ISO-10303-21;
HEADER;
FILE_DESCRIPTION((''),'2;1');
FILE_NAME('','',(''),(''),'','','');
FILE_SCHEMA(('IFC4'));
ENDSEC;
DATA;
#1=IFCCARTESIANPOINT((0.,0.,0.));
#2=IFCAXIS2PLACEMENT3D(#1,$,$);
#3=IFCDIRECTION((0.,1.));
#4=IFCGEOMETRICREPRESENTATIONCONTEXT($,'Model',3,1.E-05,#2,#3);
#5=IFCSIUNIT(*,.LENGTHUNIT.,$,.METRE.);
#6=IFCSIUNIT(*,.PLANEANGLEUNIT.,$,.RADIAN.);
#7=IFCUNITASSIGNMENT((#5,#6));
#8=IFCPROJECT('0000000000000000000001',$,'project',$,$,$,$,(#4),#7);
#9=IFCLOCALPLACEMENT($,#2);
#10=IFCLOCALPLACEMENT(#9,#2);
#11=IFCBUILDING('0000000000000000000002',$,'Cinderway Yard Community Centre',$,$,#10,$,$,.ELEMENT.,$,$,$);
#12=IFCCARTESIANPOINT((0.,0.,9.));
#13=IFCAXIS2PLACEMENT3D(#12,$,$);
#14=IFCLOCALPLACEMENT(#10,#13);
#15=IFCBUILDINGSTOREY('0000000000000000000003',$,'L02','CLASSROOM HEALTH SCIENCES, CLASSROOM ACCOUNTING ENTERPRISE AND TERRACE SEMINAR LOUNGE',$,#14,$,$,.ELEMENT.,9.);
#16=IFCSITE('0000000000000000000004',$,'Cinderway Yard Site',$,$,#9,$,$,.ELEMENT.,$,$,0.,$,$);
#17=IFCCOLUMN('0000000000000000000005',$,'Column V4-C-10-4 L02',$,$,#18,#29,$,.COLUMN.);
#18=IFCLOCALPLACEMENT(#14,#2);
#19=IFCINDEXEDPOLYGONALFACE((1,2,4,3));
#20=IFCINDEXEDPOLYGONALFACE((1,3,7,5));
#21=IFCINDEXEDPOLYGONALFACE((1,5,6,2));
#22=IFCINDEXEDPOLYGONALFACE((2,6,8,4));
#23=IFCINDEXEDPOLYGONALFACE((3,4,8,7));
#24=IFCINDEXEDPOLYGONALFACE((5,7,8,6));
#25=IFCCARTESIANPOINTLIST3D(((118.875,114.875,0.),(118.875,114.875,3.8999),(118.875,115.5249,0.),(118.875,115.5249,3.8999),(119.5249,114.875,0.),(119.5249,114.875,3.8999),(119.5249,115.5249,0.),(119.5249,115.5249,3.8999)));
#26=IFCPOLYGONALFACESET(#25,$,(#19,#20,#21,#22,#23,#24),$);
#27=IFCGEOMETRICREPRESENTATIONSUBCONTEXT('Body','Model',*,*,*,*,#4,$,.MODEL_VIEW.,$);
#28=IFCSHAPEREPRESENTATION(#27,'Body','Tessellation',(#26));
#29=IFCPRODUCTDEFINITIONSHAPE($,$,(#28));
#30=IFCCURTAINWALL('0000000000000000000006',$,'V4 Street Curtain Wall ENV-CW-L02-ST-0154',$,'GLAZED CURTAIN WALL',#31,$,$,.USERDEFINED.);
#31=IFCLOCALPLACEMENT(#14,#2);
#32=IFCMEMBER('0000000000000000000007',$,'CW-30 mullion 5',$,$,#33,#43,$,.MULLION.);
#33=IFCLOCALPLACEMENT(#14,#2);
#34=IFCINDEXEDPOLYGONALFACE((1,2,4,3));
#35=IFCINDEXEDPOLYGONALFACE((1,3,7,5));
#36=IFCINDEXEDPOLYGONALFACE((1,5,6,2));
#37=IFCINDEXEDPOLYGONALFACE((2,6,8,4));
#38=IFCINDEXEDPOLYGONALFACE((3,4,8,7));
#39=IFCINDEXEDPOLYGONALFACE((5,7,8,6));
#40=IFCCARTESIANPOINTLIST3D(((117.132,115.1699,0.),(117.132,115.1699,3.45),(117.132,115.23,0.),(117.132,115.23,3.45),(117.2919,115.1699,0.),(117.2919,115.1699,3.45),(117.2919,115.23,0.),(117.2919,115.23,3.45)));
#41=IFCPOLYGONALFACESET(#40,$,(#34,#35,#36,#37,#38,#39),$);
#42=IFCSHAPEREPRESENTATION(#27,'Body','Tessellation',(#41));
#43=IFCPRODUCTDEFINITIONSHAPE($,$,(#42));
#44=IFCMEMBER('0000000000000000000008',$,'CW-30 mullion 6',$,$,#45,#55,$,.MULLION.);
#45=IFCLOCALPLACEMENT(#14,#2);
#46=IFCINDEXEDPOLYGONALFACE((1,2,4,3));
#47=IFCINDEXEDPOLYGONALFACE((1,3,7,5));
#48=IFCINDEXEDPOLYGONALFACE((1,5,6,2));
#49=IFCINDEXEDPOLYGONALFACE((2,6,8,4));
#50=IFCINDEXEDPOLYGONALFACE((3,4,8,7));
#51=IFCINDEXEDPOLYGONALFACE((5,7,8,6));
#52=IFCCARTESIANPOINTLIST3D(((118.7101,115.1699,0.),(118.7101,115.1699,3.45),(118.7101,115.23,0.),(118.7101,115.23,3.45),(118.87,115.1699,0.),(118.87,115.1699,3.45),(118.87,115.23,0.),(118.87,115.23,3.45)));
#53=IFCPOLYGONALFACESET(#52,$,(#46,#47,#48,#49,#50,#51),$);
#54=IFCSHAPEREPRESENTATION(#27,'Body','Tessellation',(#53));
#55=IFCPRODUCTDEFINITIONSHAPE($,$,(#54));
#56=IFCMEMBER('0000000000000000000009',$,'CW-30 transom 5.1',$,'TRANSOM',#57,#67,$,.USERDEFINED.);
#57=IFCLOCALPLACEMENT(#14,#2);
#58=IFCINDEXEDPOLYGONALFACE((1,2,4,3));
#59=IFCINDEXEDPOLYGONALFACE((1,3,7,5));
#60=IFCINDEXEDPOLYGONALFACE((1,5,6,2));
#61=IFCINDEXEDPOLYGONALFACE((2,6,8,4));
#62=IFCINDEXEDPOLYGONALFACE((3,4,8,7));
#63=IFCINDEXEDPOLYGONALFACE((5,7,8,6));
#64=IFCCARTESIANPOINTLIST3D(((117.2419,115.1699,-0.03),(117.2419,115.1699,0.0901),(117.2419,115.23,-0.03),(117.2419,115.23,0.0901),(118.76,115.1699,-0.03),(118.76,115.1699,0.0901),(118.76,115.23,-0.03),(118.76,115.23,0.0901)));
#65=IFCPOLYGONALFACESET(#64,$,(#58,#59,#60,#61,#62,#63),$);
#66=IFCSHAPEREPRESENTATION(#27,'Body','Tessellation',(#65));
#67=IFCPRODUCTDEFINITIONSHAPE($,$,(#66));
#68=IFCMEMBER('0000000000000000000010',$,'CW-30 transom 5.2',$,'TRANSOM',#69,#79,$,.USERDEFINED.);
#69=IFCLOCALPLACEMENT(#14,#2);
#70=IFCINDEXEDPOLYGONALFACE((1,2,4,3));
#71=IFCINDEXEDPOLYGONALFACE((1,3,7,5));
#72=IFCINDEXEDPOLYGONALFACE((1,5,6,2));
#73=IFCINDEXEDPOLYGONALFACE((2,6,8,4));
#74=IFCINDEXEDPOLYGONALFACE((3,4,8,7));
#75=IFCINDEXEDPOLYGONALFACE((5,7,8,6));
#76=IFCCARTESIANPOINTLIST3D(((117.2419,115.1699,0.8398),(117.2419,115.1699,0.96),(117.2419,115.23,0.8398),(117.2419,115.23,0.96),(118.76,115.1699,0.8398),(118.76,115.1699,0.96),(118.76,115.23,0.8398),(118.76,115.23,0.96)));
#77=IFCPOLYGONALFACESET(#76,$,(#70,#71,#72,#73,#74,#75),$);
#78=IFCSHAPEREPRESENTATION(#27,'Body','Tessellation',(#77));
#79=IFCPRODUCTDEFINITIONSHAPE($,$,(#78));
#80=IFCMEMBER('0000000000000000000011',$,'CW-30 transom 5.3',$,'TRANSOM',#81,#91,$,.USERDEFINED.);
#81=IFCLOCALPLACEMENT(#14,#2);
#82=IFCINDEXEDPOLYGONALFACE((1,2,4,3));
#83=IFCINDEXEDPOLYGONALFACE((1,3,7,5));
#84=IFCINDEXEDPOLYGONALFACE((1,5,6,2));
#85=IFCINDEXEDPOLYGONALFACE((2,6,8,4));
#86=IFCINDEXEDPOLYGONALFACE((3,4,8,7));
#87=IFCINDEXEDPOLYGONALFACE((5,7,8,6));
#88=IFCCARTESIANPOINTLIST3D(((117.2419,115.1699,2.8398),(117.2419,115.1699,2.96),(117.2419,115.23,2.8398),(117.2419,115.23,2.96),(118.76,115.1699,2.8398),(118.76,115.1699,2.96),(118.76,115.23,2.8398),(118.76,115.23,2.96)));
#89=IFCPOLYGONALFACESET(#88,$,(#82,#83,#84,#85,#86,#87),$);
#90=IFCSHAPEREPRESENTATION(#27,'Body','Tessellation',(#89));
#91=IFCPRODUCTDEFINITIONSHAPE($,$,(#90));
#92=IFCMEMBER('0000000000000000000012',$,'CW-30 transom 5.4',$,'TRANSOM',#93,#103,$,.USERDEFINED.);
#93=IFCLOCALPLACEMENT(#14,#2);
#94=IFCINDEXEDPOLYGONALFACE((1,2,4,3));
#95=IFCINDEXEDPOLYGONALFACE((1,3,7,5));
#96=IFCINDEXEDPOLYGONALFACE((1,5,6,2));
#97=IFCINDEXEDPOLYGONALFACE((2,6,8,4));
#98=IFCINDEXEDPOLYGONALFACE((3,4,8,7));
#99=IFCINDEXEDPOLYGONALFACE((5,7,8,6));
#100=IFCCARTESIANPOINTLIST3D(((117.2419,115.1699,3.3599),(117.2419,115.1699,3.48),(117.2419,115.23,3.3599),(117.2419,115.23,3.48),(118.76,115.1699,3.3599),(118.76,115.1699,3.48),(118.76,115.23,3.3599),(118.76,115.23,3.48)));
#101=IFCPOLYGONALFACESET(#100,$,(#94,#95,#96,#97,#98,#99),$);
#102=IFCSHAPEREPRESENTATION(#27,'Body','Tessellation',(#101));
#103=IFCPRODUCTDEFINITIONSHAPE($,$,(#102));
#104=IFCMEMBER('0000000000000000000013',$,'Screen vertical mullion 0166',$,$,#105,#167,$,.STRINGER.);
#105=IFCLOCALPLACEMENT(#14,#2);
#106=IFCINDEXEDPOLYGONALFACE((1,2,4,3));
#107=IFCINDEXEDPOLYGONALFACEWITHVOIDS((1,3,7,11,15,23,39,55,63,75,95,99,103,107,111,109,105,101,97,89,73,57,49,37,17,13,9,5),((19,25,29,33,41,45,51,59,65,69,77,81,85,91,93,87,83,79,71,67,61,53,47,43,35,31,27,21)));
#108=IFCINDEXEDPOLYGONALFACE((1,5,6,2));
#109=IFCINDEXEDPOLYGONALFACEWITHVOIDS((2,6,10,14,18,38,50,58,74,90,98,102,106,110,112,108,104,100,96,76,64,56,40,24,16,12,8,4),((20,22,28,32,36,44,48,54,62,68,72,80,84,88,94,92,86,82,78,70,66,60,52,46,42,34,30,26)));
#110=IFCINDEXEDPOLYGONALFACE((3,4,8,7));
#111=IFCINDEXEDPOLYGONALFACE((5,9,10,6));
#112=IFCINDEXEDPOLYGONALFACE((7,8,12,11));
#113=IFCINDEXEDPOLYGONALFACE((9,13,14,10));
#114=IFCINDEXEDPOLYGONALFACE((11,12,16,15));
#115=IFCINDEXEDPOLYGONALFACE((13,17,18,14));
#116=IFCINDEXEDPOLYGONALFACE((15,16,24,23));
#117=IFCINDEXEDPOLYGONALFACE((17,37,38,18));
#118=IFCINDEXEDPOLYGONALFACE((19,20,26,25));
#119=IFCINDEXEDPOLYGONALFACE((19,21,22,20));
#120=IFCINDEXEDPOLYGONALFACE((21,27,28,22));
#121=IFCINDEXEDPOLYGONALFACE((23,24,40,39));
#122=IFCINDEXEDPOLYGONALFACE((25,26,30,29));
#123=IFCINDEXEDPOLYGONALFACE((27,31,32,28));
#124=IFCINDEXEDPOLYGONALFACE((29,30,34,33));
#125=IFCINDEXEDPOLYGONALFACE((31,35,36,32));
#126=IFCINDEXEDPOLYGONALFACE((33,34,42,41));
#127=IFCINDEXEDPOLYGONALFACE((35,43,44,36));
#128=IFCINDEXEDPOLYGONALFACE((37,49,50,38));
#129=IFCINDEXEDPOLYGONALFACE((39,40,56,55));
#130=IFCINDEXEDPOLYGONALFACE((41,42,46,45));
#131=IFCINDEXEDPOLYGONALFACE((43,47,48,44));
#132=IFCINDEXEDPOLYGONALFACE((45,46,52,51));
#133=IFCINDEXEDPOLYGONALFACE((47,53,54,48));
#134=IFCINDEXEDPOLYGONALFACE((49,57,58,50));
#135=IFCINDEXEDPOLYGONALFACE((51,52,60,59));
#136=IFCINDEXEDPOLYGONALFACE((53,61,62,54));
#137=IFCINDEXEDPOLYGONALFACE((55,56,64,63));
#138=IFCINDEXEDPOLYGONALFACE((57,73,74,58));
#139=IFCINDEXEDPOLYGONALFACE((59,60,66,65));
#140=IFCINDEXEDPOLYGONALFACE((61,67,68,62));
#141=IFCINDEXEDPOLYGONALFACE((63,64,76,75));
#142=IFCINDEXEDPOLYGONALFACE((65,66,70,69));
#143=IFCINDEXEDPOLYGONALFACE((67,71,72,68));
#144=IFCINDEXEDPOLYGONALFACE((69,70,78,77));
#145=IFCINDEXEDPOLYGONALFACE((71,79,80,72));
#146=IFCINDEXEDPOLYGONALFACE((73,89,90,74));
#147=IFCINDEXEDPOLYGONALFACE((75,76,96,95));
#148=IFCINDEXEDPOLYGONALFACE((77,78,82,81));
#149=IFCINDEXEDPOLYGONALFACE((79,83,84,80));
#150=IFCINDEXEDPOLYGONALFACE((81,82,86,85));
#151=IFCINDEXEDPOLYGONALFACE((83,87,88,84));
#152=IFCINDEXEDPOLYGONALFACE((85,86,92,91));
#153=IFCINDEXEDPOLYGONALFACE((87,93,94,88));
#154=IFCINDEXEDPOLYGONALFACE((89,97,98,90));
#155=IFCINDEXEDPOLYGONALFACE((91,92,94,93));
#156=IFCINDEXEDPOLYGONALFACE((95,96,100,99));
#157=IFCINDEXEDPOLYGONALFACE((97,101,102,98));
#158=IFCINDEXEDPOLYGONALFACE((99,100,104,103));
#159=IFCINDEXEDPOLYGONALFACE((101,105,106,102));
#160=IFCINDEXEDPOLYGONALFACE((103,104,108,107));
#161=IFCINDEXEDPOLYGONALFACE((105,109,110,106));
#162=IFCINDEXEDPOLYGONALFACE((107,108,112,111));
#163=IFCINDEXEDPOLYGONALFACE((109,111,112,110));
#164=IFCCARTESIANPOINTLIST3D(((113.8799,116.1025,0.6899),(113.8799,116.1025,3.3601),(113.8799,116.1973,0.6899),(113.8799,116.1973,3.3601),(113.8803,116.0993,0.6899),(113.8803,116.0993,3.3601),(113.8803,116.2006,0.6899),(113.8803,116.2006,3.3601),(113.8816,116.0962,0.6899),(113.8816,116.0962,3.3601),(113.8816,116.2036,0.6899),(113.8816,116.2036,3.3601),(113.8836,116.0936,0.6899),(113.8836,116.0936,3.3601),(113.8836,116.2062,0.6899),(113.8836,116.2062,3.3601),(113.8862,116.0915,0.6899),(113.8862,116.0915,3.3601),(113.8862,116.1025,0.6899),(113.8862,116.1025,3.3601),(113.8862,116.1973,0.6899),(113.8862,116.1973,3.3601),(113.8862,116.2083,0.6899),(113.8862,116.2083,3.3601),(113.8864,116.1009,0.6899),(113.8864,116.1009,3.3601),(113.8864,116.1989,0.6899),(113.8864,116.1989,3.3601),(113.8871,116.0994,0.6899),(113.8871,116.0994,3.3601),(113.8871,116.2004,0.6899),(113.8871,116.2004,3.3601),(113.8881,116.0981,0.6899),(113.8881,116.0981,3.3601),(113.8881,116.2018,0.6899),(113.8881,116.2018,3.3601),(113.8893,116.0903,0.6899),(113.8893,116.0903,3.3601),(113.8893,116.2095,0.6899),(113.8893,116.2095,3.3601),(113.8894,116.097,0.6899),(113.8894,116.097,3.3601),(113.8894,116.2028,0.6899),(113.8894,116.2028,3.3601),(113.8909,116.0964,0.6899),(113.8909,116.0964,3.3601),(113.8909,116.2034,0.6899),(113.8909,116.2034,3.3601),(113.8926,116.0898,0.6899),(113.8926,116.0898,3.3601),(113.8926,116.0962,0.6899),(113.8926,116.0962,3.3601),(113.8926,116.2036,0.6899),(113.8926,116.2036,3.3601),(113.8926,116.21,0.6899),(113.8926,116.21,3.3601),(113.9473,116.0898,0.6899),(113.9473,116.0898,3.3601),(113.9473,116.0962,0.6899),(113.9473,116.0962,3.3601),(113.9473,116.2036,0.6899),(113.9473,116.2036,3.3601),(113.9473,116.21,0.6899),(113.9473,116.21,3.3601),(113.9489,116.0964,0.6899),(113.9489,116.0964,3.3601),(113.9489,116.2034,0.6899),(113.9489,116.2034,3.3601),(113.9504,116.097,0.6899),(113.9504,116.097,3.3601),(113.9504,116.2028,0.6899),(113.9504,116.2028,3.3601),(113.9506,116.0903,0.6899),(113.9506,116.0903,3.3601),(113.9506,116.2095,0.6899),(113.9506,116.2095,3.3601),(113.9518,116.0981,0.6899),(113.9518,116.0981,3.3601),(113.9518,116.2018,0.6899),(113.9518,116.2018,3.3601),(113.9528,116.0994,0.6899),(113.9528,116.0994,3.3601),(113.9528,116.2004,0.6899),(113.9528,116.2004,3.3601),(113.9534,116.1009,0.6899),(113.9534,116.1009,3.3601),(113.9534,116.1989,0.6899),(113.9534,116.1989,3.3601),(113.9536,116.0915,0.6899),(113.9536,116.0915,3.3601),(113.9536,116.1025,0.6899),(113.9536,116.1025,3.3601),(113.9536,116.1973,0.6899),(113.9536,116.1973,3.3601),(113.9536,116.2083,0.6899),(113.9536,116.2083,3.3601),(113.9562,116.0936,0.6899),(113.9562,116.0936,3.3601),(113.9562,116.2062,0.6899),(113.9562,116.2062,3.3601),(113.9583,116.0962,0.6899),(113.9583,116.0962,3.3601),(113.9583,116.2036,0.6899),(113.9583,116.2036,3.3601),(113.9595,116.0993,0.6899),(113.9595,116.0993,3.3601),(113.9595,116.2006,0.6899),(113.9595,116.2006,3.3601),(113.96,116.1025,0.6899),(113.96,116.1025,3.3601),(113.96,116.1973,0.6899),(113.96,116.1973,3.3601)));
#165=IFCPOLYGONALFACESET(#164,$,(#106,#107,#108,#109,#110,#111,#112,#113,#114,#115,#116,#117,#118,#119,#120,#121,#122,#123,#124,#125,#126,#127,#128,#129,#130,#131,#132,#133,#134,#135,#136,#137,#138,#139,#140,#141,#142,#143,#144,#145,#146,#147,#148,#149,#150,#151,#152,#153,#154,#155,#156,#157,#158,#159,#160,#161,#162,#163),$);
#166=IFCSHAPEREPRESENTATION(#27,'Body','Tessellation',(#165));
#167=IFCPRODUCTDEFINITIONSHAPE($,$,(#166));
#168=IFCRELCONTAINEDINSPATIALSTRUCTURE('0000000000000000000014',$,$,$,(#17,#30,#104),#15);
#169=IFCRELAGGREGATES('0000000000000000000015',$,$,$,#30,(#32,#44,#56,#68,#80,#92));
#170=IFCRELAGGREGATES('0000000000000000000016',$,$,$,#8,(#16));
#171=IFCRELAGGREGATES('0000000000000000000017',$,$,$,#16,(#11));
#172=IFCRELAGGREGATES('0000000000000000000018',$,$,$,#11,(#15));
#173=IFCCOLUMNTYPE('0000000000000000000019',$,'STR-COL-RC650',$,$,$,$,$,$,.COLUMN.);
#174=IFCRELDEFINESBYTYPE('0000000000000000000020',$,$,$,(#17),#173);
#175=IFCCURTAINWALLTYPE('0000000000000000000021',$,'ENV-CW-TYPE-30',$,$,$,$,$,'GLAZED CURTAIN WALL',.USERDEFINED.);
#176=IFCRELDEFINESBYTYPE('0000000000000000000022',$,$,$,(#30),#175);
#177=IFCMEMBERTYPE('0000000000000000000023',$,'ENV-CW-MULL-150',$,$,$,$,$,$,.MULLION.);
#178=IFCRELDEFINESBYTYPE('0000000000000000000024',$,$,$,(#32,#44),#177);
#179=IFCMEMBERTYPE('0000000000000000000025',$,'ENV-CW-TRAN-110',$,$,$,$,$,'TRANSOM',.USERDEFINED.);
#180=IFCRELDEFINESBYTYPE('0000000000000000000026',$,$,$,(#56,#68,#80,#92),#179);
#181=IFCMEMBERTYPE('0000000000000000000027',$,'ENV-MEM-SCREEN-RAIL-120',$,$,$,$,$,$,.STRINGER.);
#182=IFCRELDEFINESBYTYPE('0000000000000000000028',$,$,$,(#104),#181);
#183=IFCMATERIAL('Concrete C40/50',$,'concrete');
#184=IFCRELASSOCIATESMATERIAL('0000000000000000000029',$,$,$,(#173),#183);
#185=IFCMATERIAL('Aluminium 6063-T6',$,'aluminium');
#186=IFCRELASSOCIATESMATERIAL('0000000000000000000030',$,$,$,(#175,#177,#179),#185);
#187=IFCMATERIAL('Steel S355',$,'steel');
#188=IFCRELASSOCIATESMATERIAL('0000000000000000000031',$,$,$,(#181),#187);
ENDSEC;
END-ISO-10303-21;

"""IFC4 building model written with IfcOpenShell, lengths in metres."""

from ifc_helpers import new_model, si_unit, direction, frame, origin, origin_2d, place, context, subcontext, project, spatial, rectangle, hollow_rectangle, extrude, material, material_profile, profile_set, type_object, element, aggregate, save


model = new_model("IFC4")

# Units and contexts
model_context = context("Model", 3, precision=1e-05, world=origin(), true_north=direction((0.0, 1.0)))
body_context = subcontext(model_context, "Body", "Model", "MODEL_VIEW")
ifc_project = project(units=[si_unit("LENGTHUNIT", "METRE"), si_unit("PLANEANGLEUNIT", "RADIAN")], contexts=[model_context])

# Site, building, storey
site_placement = place(None, origin())
site = spatial("IfcSite", under=ifc_project, at=site_placement, Name="Cinderway Yard Site", CompositionType="ELEMENT", RefElevation=0.0)
building_placement = place(site_placement, origin())
building = spatial("IfcBuilding", under=site, at=building_placement, Name="Cinderway Yard Community Centre", CompositionType="ELEMENT")
storey_placement = place(building_placement, frame((0.0, 0.0, 9.0)))
storey = spatial("IfcBuildingStorey", under=building, at=storey_placement, Name="L02", Description="CLASSROOM HEALTH SCIENCES, CLASSROOM ACCOUNTING ENTERPRISE AND TERRACE SEMINAR LOUNGE", CompositionType="ELEMENT", Elevation=9.0)

# Column
ifc_material_1 = material(Name="Concrete C40/50", Category="concrete")
ifc_material_profile_1 = material_profile(ifc_material_1, rectangle(XDim=0.6499, YDim=0.6499, at=origin_2d()), Name="Concrete C40/50")
ifc_profile_set_1 = profile_set([ifc_material_profile_1], Name="Concrete C40/50")
column_type = type_object("IfcColumnType", Name="STR-COL-RC650", PredefinedType="COLUMN", material=ifc_profile_set_1)
column_placement = place(storey_placement, frame((119.2, 115.2, 0.0), z_axis=(0.0, 0.0, 1.0), x_axis=(1.0, 0.0, 0.0)))
element("IfcColumn", 1, at=column_placement, inside=storey, type_object=column_type, Name="Column V4-C-10-4 L02", PredefinedType="COLUMN", context=body_context, shape_type="SweptSolid", body=[
    extrude(rectangle(XDim=0.6499, YDim=0.6499, at=origin_2d()), origin(), (0.0, 0.0, 1.0), 3.8999),
])

# Curtain wall, members
ifc_material_2 = material(Name="Aluminium 6063-T6", Category="aluminium")
curtain_wall_type = type_object("IfcCurtainWallType", Name="ENV-CW-TYPE-30", ElementType="GLAZED CURTAIN WALL", PredefinedType="USERDEFINED", material=ifc_material_2)
curtain_wall_placement = place(storey_placement, origin())
curtain_wall = element("IfcCurtainWall", 2, at=curtain_wall_placement, inside=storey, type_object=curtain_wall_type, Name="V4 Street Curtain Wall ENV-CW-L02-ST-0154", ObjectType="GLAZED CURTAIN WALL", PredefinedType="USERDEFINED")
ifc_material_profile_2 = material_profile(ifc_material_2, rectangle(XDim=0.0601, YDim=0.1599, at=origin_2d()), Name="Aluminium 6063-T6")
ifc_profile_set_2 = profile_set([ifc_material_profile_2], Name="Aluminium 6063-T6")
member_type_1 = type_object("IfcMemberType", Name="ENV-CW-MULL-150", PredefinedType="MULLION", material=ifc_profile_set_2)
member_1_placement = place(storey_placement, frame((117.2119, 115.2, 0.0), z_axis=(0.0, 0.0, 1.0), x_axis=(0.0, 1.0, 0.0)))
member_1 = element("IfcMember", 3, at=member_1_placement, type_object=member_type_1, Name="CW-30 mullion 5", PredefinedType="MULLION", context=body_context, shape_type="SweptSolid", body=[
    extrude(rectangle(XDim=0.0601, YDim=0.1599, at=origin_2d()), origin(), (0.0, 0.0, 1.0), 3.45),
])
member_2_placement = place(storey_placement, frame((118.79, 115.2, 0.0), z_axis=(0.0, 0.0, 1.0), x_axis=(0.0, 1.0, 0.0)))
member_2 = element("IfcMember", 4, at=member_2_placement, type_object=member_type_1, Name="CW-30 mullion 6", PredefinedType="MULLION", context=body_context, shape_type="SweptSolid", body=[
    extrude(rectangle(XDim=0.0601, YDim=0.1599, at=origin_2d()), origin(), (0.0, 0.0, 1.0), 3.45),
])
ifc_material_profile_3 = material_profile(ifc_material_2, rectangle(XDim=0.0601, YDim=0.1201, at=origin_2d()), Name="Aluminium 6063-T6")
ifc_profile_set_3 = profile_set([ifc_material_profile_3], Name="Aluminium 6063-T6")
member_type_2 = type_object("IfcMemberType", Name="ENV-CW-TRAN-110", ElementType="TRANSOM", PredefinedType="USERDEFINED", material=ifc_profile_set_3)
member_3_placement = place(storey_placement, frame((117.2419, 115.2, 0.03), z_axis=(1.0, 0.0, 0.0), x_axis=(0.0, 1.0, 0.0)))
member_3 = element("IfcMember", 5, at=member_3_placement, type_object=member_type_2, Name="CW-30 transom 5.1", ObjectType="TRANSOM", PredefinedType="USERDEFINED", context=body_context, shape_type="SweptSolid", body=[
    extrude(rectangle(XDim=0.0601, YDim=0.1201, at=origin_2d()), origin(), (0.0, 0.0, 1.0), 1.5181),
])
member_4_placement = place(storey_placement, frame((117.2419, 115.2, 0.8999), z_axis=(1.0, 0.0, 0.0), x_axis=(0.0, 1.0, 0.0)))
member_4 = element("IfcMember", 6, at=member_4_placement, type_object=member_type_2, Name="CW-30 transom 5.2", ObjectType="TRANSOM", PredefinedType="USERDEFINED", context=body_context, shape_type="SweptSolid", body=[
    extrude(rectangle(XDim=0.0601, YDim=0.1201, at=origin_2d()), origin(), (0.0, 0.0, 1.0), 1.5181),
])
member_5_placement = place(storey_placement, frame((117.2419, 115.2, 2.8999), z_axis=(1.0, 0.0, 0.0), x_axis=(0.0, 1.0, 0.0)))
member_5 = element("IfcMember", 7, at=member_5_placement, type_object=member_type_2, Name="CW-30 transom 5.3", ObjectType="TRANSOM", PredefinedType="USERDEFINED", context=body_context, shape_type="SweptSolid", body=[
    extrude(rectangle(XDim=0.0601, YDim=0.1201, at=origin_2d()), origin(), (0.0, 0.0, 1.0), 1.5181),
])
member_6_placement = place(storey_placement, frame((117.2419, 115.2, 3.4199), z_axis=(1.0, 0.0, 0.0), x_axis=(0.0, 1.0, 0.0)))
member_6 = element("IfcMember", 8, at=member_6_placement, type_object=member_type_2, Name="CW-30 transom 5.4", ObjectType="TRANSOM", PredefinedType="USERDEFINED", context=body_context, shape_type="SweptSolid", body=[
    extrude(rectangle(XDim=0.0601, YDim=0.1201, at=origin_2d()), origin(), (0.0, 0.0, 1.0), 1.5181),
])

# Member
ifc_material_3 = material(Name="Steel S355", Category="steel")
ifc_material_profile_4 = material_profile(ifc_material_3, hollow_rectangle(XDim=0.0801, YDim=0.1201, WallThickness=0.0063, InnerFilletRadius=0.0063, OuterFilletRadius=0.0127, at=origin_2d()), Name="Steel S355")
ifc_profile_set_4 = profile_set([ifc_material_profile_4], Name="Steel S355")
member_type_3 = type_object("IfcMemberType", Name="ENV-MEM-SCREEN-RAIL-120", PredefinedType="STRINGER", material=ifc_profile_set_4)
for number, where, z_axis, x_axis, name in (
    (9, (113.9199, 116.1499, 0.6899), (0.0, 0.0, 1.0), (1.0, 0.0, 0.0), "Screen vertical mullion 0166"),
):
    element("IfcMember", number, at=place(storey_placement, frame(where, z_axis=z_axis, x_axis=x_axis)), inside=storey, type_object=member_type_3, Name=name, PredefinedType="STRINGER", context=body_context, shape_type="SweptSolid", body=[
        extrude(hollow_rectangle(XDim=0.0801, YDim=0.1201, WallThickness=0.0063, InnerFilletRadius=0.0063, OuterFilletRadius=0.0127, at=origin_2d()), origin(), (0.0, 0.0, 1.0), 2.6702),
    ])

aggregate(curtain_wall, [member_1, member_2, member_3, member_4, member_5, member_6])

save(model, "model.ifc")
